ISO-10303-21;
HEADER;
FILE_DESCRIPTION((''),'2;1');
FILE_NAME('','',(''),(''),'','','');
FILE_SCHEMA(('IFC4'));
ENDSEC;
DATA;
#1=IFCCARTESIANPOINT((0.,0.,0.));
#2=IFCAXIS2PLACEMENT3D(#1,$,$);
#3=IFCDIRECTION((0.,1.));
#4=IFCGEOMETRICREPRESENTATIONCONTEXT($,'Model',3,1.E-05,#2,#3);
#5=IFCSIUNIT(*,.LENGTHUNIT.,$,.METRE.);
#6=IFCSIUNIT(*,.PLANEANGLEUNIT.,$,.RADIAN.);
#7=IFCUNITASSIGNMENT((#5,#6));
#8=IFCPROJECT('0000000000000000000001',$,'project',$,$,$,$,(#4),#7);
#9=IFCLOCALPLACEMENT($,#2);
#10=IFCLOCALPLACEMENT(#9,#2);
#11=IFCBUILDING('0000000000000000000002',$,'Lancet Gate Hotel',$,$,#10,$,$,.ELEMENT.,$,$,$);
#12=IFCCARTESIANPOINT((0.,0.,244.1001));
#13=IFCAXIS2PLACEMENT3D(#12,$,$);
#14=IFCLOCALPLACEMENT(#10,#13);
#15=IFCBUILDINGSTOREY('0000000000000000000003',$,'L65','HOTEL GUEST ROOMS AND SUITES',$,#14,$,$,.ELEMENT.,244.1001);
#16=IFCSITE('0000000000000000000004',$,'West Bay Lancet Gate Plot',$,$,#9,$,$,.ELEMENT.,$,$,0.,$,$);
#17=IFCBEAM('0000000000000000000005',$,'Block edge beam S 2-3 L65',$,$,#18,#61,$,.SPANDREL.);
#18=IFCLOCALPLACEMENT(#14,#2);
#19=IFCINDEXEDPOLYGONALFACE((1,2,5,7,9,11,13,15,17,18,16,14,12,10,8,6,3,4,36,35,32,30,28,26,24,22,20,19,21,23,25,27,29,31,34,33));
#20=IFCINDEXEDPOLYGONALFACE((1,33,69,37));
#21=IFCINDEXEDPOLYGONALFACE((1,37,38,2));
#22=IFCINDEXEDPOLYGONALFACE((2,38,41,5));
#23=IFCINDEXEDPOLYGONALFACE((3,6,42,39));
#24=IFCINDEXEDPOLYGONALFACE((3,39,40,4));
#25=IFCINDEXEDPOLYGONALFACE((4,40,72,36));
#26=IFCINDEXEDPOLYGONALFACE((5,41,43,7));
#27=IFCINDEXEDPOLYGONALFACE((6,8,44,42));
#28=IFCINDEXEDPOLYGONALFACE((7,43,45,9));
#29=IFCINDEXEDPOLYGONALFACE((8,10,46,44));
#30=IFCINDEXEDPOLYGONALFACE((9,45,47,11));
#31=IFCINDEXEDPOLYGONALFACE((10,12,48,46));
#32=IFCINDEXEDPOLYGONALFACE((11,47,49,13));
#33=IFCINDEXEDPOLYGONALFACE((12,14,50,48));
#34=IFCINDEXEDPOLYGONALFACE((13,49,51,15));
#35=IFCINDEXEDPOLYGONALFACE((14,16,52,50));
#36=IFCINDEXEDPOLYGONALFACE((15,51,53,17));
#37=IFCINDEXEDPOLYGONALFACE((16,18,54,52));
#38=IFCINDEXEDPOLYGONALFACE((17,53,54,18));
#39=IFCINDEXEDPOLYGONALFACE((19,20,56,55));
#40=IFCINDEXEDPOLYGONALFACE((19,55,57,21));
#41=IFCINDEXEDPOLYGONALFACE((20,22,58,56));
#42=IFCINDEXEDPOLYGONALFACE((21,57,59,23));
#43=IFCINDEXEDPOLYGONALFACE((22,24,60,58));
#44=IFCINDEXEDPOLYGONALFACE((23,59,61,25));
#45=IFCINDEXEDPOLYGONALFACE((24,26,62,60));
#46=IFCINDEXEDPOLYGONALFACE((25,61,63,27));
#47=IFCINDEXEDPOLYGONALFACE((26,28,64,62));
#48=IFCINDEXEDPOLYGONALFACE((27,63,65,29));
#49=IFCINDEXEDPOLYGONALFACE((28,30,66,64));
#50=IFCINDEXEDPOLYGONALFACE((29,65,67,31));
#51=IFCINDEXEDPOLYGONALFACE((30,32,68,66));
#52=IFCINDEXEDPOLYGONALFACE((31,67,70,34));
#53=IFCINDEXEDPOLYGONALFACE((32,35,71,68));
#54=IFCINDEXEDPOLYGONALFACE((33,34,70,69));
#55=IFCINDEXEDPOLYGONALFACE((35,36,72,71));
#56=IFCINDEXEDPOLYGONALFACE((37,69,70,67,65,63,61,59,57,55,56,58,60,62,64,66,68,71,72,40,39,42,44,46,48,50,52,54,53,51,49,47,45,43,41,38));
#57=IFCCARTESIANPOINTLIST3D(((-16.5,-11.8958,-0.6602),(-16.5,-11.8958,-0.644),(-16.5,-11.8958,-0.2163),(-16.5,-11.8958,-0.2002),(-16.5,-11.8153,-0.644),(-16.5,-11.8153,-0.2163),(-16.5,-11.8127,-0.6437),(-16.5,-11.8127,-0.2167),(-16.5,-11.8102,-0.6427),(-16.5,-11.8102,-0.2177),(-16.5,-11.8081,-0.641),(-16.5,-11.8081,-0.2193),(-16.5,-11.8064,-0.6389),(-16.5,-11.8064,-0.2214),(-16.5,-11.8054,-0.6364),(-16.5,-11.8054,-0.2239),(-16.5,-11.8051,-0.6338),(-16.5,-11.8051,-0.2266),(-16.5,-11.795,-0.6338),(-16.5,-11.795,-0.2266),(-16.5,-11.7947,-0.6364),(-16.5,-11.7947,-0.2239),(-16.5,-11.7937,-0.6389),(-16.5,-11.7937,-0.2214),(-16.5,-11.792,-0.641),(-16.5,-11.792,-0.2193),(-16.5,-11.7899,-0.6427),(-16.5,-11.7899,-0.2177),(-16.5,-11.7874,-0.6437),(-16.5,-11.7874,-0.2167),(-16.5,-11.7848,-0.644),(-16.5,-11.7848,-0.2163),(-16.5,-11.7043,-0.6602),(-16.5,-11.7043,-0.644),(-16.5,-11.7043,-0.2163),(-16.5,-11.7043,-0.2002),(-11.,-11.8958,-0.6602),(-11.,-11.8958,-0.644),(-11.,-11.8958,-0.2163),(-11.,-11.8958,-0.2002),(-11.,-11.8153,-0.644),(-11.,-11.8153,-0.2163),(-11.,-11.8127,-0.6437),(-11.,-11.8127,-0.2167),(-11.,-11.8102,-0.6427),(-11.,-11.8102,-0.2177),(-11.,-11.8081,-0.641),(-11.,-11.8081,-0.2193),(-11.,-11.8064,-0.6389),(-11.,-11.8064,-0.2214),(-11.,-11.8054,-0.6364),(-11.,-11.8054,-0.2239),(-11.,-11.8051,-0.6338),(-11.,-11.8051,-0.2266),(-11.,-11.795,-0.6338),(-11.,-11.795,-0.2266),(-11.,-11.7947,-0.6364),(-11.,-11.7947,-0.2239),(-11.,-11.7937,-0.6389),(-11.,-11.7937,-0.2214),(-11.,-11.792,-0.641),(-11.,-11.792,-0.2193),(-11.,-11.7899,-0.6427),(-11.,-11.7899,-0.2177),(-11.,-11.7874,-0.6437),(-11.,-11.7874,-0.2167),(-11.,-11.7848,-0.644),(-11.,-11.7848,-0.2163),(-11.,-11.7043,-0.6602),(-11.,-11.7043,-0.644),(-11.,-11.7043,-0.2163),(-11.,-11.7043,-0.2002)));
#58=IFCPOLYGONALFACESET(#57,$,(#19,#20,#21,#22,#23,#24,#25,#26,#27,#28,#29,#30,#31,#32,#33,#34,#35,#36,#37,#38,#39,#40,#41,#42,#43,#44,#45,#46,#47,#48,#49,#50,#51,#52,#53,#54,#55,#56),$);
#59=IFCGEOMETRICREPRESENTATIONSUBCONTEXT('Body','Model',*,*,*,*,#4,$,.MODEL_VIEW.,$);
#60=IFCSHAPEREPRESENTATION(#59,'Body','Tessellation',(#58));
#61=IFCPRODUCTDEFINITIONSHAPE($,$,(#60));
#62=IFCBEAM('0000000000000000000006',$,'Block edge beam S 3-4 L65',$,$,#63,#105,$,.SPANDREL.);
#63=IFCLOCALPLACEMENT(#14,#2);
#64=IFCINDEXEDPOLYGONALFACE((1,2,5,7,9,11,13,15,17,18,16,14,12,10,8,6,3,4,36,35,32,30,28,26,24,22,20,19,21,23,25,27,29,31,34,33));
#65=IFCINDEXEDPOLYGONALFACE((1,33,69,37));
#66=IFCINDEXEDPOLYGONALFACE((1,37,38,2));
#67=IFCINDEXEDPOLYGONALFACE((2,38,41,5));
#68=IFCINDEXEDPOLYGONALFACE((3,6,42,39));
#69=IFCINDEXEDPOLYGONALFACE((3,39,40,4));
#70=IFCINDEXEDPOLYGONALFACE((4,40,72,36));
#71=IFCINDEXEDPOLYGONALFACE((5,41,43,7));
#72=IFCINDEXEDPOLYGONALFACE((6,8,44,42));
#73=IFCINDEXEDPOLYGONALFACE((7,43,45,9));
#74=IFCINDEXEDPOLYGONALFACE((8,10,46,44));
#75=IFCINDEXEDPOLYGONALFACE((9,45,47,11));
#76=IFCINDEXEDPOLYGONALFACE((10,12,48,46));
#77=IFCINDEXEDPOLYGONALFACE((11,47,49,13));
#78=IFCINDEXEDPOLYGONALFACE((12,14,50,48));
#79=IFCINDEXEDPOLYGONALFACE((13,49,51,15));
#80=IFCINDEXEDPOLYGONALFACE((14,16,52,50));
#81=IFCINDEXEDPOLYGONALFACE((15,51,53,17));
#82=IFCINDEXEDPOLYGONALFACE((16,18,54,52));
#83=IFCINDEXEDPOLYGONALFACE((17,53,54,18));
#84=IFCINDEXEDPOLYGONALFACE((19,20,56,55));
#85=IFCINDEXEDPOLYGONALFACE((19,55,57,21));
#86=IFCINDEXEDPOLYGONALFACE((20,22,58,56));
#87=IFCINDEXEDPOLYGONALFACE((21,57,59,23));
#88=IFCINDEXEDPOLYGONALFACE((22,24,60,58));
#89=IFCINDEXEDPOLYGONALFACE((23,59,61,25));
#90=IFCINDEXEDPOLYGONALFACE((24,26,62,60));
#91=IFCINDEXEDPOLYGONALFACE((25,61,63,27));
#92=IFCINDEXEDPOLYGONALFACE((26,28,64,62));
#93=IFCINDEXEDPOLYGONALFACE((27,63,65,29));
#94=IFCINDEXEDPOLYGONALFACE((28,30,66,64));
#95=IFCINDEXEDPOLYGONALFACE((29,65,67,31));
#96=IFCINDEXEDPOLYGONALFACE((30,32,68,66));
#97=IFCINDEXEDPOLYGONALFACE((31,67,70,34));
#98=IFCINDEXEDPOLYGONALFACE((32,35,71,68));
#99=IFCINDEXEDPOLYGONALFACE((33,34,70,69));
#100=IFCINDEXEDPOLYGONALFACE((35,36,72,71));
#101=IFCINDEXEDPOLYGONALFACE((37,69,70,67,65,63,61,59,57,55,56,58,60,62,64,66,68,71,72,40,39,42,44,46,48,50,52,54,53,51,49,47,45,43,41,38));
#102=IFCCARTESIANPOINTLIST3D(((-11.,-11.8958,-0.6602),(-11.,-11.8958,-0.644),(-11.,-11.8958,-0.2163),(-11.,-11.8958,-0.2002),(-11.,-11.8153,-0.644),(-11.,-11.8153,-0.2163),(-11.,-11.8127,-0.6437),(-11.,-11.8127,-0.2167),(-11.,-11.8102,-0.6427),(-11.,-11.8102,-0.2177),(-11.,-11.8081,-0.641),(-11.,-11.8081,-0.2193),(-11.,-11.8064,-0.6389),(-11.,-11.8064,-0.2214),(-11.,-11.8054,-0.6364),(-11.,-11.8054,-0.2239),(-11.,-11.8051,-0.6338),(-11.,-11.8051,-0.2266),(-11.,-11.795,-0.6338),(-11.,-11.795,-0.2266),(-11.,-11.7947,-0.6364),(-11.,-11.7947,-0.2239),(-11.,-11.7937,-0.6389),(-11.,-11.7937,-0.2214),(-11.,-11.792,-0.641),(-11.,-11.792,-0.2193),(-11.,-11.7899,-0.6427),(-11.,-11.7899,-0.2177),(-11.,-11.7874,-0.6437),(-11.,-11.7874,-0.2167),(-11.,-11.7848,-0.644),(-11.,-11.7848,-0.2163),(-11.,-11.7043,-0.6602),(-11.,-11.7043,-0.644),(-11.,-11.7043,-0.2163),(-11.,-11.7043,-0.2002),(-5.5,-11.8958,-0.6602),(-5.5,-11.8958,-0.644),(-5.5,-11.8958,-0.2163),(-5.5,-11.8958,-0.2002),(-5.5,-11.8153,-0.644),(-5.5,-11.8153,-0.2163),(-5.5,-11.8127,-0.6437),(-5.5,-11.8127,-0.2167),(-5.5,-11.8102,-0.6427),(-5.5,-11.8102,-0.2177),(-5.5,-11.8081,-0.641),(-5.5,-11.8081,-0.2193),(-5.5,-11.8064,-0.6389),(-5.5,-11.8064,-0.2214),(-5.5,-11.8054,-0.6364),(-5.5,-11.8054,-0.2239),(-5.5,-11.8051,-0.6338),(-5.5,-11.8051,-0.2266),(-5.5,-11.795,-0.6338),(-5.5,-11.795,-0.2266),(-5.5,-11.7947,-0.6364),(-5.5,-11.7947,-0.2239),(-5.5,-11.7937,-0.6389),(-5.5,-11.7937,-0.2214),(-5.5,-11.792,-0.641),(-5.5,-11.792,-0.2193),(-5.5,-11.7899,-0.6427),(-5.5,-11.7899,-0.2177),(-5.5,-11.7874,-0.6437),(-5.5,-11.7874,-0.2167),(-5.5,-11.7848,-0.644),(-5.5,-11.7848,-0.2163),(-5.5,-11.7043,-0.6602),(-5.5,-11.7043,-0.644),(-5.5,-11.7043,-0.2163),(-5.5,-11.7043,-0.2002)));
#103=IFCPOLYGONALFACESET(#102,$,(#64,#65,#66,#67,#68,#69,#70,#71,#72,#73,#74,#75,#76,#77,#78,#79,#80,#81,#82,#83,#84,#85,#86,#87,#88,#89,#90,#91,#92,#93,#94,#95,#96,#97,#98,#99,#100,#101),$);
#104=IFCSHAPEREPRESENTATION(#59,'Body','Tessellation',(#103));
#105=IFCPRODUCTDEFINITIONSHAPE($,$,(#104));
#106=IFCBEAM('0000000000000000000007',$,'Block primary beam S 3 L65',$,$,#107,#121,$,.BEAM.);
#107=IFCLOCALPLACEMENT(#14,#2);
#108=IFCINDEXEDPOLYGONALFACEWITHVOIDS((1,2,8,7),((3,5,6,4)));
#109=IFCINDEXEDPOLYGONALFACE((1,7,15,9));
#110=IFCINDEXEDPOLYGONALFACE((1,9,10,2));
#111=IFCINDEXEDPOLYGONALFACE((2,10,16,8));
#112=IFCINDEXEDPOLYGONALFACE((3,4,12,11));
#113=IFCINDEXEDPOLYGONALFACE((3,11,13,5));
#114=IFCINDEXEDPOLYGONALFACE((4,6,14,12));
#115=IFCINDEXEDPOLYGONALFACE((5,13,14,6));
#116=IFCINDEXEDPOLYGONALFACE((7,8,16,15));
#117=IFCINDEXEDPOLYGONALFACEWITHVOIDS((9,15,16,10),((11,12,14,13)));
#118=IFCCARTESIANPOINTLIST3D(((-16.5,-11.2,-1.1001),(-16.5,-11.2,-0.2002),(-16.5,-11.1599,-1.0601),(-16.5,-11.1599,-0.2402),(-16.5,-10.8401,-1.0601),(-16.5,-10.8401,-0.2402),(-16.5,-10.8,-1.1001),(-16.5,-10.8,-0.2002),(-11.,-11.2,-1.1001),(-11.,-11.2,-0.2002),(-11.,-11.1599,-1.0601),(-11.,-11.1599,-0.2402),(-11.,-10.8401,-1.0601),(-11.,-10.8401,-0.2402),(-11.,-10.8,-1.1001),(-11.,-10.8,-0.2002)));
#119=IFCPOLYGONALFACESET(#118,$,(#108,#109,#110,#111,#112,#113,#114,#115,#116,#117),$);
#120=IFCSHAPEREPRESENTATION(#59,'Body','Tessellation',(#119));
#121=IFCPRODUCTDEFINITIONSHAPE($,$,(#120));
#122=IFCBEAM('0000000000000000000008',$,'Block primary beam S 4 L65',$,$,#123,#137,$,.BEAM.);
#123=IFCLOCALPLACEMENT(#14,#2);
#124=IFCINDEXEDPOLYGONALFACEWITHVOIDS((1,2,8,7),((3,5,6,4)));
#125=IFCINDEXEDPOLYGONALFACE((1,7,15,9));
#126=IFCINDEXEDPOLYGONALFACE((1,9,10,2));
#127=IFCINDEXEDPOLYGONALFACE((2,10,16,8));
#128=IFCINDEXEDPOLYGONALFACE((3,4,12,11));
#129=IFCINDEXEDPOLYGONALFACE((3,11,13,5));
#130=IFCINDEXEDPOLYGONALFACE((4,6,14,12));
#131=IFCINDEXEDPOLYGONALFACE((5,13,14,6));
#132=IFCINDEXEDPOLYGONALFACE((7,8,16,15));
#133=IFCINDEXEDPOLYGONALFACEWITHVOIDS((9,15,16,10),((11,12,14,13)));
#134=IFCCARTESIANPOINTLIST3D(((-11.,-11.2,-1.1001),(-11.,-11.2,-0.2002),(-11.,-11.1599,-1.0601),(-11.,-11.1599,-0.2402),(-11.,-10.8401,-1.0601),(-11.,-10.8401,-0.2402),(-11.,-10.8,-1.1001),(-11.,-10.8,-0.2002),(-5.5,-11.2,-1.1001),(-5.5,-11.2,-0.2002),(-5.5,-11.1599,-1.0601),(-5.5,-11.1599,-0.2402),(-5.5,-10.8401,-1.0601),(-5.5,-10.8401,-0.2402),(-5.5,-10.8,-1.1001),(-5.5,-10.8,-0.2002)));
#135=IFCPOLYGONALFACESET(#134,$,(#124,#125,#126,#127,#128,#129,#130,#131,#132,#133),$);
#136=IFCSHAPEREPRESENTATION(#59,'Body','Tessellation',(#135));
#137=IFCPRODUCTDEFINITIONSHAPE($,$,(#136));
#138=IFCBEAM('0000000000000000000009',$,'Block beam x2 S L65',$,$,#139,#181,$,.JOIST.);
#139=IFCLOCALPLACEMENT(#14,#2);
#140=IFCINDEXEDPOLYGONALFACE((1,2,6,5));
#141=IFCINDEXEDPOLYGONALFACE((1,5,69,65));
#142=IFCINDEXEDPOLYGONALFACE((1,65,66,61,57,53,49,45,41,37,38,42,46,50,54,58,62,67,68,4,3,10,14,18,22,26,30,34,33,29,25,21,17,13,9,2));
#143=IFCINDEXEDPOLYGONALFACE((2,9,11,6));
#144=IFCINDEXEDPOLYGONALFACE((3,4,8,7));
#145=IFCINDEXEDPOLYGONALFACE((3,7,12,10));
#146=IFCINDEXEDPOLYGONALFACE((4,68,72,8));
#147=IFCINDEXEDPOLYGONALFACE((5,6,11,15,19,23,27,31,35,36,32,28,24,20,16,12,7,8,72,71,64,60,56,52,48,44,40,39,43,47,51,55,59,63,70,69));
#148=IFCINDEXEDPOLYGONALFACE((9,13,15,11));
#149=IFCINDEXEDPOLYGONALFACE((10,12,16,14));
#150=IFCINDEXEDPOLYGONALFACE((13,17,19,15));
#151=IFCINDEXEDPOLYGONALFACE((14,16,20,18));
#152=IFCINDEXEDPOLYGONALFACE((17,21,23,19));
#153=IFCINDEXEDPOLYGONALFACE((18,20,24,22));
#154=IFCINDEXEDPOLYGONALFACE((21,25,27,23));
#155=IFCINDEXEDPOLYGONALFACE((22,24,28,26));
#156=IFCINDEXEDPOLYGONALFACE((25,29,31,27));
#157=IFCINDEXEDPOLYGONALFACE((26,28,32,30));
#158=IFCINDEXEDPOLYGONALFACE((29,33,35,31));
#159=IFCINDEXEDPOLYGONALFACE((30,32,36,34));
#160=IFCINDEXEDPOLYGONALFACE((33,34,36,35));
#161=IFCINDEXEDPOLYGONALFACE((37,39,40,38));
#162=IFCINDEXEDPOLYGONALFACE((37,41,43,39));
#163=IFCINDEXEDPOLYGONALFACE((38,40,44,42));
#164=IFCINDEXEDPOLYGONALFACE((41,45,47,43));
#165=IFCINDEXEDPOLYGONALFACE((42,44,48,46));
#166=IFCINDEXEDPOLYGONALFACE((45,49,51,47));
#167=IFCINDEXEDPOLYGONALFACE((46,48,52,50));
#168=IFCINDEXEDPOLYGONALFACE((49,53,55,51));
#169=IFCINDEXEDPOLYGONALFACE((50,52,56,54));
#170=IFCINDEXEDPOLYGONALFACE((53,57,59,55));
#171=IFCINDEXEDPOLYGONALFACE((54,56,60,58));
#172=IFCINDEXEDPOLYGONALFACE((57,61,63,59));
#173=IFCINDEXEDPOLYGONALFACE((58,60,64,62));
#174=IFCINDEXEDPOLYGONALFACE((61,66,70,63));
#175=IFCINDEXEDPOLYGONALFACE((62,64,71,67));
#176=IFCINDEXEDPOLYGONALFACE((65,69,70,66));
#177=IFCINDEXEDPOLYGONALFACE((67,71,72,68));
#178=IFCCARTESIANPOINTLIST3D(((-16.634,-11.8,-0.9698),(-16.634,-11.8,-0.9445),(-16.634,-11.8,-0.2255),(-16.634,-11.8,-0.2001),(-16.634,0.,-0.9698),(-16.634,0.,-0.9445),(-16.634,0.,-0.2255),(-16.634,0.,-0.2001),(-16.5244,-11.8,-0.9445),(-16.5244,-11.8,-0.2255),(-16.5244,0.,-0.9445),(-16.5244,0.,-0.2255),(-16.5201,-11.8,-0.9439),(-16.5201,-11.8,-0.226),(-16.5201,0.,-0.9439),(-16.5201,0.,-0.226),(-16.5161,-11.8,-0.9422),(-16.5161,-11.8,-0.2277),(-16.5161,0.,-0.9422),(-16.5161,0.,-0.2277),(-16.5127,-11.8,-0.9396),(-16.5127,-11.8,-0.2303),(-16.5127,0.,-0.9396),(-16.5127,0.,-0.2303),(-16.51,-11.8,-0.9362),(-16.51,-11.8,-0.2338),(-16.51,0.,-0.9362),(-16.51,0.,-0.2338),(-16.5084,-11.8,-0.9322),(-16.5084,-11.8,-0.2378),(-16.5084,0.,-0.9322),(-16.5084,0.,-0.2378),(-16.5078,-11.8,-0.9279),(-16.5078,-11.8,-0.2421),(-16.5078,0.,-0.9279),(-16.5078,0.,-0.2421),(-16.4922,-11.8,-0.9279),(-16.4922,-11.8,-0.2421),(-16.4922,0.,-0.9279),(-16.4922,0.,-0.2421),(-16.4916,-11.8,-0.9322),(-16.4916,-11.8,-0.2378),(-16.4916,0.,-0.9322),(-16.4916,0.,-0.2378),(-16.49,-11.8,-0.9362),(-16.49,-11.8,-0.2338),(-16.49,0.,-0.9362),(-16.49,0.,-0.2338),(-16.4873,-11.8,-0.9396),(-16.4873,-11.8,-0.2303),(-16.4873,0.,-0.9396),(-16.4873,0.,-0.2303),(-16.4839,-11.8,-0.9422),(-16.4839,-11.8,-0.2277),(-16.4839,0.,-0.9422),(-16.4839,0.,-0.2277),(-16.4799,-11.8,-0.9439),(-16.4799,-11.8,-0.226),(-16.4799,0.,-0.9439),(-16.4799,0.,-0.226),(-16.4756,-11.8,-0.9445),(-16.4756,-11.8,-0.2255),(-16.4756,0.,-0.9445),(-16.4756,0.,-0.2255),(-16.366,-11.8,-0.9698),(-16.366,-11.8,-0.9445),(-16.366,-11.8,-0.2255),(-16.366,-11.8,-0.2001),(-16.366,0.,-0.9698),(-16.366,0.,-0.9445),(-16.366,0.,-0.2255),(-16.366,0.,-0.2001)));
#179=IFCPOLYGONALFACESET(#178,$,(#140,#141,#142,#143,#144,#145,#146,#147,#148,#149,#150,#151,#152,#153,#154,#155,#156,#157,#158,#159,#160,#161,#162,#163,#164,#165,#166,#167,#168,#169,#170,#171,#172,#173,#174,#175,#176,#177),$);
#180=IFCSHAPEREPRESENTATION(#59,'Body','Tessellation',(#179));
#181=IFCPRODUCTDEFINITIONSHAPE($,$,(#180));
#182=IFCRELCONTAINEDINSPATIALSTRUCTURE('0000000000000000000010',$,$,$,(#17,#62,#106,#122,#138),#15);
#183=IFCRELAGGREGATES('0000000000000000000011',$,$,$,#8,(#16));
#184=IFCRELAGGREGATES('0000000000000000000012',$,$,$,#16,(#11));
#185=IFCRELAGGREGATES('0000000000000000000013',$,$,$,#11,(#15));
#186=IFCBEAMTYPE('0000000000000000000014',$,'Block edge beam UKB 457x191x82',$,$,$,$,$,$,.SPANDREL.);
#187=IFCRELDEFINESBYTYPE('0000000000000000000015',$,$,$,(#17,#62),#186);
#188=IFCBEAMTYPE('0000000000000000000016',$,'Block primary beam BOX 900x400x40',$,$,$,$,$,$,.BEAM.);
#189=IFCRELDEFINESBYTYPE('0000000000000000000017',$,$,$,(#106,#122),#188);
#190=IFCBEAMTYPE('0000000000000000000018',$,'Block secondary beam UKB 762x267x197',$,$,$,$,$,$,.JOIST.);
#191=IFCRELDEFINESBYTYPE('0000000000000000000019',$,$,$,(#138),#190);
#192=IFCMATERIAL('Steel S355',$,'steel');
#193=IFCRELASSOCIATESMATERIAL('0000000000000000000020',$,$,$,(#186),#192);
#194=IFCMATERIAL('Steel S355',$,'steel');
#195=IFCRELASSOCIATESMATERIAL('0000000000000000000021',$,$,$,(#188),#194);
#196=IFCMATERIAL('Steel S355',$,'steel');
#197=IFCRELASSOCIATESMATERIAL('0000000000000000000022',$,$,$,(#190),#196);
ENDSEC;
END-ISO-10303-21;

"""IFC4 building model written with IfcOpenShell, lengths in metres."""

from ifc_helpers import new_model, si_unit, direction, frame, origin, origin_2d, place, context, subcontext, project, spatial, hollow_rectangle, i_section, extrude, material, material_profile, profile_set, type_object, element, save


model = new_model("IFC4")

# Units and contexts
model_context = context("Model", 3, precision=1e-05, world=origin(), true_north=direction((0.0, 1.0)))
body_context = subcontext(model_context, "Body", "Model", "MODEL_VIEW")
ifc_project = project(units=[si_unit("LENGTHUNIT", "METRE"), si_unit("PLANEANGLEUNIT", "RADIAN")], contexts=[model_context])

# Site, building, storey
site_placement = place(None, origin())
site = spatial("IfcSite", under=ifc_project, at=site_placement, Name="West Bay Lancet Gate Plot", CompositionType="ELEMENT", RefElevation=0.0)
building_placement = place(site_placement, origin())
building = spatial("IfcBuilding", under=site, at=building_placement, Name="Lancet Gate Hotel", CompositionType="ELEMENT")
storey_placement = place(building_placement, frame((0.0, 0.0, 244.1001)))
storey = spatial("IfcBuildingStorey", under=building, at=storey_placement, Name="L65", Description="HOTEL GUEST ROOMS AND SUITES", CompositionType="ELEMENT", Elevation=244.1001)

# Beams
ifc_material_1 = material(Name="Steel S355", Category="steel")
ifc_material_profile_1 = material_profile(ifc_material_1, i_section(OverallWidth=0.1914, OverallDepth=0.46, WebThickness=0.01, FlangeThickness=0.0161, FilletRadius=0.0103, at=origin_2d()), Name="UKB 457x191x82")
ifc_profile_set_1 = profile_set([ifc_material_profile_1], Name="Steel S355")
beam_type_1 = type_object("IfcBeamType", Name="Block edge beam UKB 457x191x82", PredefinedType="SPANDREL", material=ifc_profile_set_1)
for number, where, z_axis, x_axis, name in (
    (1, (-16.5, -11.8, -0.4302), (1.0, 0.0, 0.0), (0.0, 1.0, 0.0), "Block edge beam S 2-3 L65"),
    (2, (-11.0, -11.8, -0.4302), (1.0, 0.0, 0.0), (0.0, 1.0, 0.0), "Block edge beam S 3-4 L65"),
):
    element("IfcBeam", number, at=place(storey_placement, frame(where, z_axis=z_axis, x_axis=x_axis)), inside=storey, type_object=beam_type_1, Name=name, PredefinedType="SPANDREL", context=body_context, shape_type="SweptSolid", body=[
        extrude(i_section(OverallWidth=0.1914, OverallDepth=0.46, WebThickness=0.01, FlangeThickness=0.0161, FilletRadius=0.0103, at=origin_2d()), origin(), (0.0, 0.0, 1.0), 5.5),
    ])
ifc_material_2 = material(Name="Steel S355", Category="steel")
ifc_material_profile_2 = material_profile(ifc_material_2, hollow_rectangle(XDim=0.3999, YDim=0.8999, WallThickness=0.04, at=origin_2d()), Name="BOX 900x400x40")
ifc_profile_set_2 = profile_set([ifc_material_profile_2], Name="Steel S355")
beam_type_2 = type_object("IfcBeamType", Name="Block primary beam BOX 900x400x40", PredefinedType="BEAM", material=ifc_profile_set_2)
for number, where, z_axis, x_axis, name in (
    (3, (-16.5, -11.0, -0.6501), (1.0, 0.0, 0.0), (0.0, 1.0, 0.0), "Block primary beam S 3 L65"),
    (4, (-11.0, -11.0, -0.6501), (1.0, 0.0, 0.0), (0.0, 1.0, 0.0), "Block primary beam S 4 L65"),
):
    element("IfcBeam", number, at=place(storey_placement, frame(where, z_axis=z_axis, x_axis=x_axis)), inside=storey, type_object=beam_type_2, Name=name, PredefinedType="BEAM", context=body_context, shape_type="SweptSolid", body=[
        extrude(hollow_rectangle(XDim=0.3999, YDim=0.8999, WallThickness=0.04, at=origin_2d()), origin(), (0.0, 0.0, 1.0), 5.5),
    ])
ifc_material_3 = material(Name="Steel S355", Category="steel")
ifc_material_profile_3 = material_profile(ifc_material_3, i_section(OverallWidth=0.2681, OverallDepth=0.7698, WebThickness=0.0156, FlangeThickness=0.0254, FilletRadius=0.0166, at=origin_2d()), Name="UKB 762x267x197")
ifc_profile_set_3 = profile_set([ifc_material_profile_3], Name="Steel S355")
beam_type_3 = type_object("IfcBeamType", Name="Block secondary beam UKB 762x267x197", PredefinedType="JOIST", material=ifc_profile_set_3)
for number, where, z_axis, x_axis, name in (
    (5, (-16.5, -11.8, -0.585), (0.0, 1.0, 0.0), (-1.0, 0.0, 0.0), "Block beam x2 S L65"),
):
    element("IfcBeam", number, at=place(storey_placement, frame(where, z_axis=z_axis, x_axis=x_axis)), inside=storey, type_object=beam_type_3, Name=name, PredefinedType="JOIST", context=body_context, shape_type="SweptSolid", body=[
        extrude(i_section(OverallWidth=0.2681, OverallDepth=0.7698, WebThickness=0.0156, FlangeThickness=0.0254, FilletRadius=0.0166, at=origin_2d()), origin(), (0.0, 0.0, 1.0), 11.8),
    ])

save(model, "model.ifc")
